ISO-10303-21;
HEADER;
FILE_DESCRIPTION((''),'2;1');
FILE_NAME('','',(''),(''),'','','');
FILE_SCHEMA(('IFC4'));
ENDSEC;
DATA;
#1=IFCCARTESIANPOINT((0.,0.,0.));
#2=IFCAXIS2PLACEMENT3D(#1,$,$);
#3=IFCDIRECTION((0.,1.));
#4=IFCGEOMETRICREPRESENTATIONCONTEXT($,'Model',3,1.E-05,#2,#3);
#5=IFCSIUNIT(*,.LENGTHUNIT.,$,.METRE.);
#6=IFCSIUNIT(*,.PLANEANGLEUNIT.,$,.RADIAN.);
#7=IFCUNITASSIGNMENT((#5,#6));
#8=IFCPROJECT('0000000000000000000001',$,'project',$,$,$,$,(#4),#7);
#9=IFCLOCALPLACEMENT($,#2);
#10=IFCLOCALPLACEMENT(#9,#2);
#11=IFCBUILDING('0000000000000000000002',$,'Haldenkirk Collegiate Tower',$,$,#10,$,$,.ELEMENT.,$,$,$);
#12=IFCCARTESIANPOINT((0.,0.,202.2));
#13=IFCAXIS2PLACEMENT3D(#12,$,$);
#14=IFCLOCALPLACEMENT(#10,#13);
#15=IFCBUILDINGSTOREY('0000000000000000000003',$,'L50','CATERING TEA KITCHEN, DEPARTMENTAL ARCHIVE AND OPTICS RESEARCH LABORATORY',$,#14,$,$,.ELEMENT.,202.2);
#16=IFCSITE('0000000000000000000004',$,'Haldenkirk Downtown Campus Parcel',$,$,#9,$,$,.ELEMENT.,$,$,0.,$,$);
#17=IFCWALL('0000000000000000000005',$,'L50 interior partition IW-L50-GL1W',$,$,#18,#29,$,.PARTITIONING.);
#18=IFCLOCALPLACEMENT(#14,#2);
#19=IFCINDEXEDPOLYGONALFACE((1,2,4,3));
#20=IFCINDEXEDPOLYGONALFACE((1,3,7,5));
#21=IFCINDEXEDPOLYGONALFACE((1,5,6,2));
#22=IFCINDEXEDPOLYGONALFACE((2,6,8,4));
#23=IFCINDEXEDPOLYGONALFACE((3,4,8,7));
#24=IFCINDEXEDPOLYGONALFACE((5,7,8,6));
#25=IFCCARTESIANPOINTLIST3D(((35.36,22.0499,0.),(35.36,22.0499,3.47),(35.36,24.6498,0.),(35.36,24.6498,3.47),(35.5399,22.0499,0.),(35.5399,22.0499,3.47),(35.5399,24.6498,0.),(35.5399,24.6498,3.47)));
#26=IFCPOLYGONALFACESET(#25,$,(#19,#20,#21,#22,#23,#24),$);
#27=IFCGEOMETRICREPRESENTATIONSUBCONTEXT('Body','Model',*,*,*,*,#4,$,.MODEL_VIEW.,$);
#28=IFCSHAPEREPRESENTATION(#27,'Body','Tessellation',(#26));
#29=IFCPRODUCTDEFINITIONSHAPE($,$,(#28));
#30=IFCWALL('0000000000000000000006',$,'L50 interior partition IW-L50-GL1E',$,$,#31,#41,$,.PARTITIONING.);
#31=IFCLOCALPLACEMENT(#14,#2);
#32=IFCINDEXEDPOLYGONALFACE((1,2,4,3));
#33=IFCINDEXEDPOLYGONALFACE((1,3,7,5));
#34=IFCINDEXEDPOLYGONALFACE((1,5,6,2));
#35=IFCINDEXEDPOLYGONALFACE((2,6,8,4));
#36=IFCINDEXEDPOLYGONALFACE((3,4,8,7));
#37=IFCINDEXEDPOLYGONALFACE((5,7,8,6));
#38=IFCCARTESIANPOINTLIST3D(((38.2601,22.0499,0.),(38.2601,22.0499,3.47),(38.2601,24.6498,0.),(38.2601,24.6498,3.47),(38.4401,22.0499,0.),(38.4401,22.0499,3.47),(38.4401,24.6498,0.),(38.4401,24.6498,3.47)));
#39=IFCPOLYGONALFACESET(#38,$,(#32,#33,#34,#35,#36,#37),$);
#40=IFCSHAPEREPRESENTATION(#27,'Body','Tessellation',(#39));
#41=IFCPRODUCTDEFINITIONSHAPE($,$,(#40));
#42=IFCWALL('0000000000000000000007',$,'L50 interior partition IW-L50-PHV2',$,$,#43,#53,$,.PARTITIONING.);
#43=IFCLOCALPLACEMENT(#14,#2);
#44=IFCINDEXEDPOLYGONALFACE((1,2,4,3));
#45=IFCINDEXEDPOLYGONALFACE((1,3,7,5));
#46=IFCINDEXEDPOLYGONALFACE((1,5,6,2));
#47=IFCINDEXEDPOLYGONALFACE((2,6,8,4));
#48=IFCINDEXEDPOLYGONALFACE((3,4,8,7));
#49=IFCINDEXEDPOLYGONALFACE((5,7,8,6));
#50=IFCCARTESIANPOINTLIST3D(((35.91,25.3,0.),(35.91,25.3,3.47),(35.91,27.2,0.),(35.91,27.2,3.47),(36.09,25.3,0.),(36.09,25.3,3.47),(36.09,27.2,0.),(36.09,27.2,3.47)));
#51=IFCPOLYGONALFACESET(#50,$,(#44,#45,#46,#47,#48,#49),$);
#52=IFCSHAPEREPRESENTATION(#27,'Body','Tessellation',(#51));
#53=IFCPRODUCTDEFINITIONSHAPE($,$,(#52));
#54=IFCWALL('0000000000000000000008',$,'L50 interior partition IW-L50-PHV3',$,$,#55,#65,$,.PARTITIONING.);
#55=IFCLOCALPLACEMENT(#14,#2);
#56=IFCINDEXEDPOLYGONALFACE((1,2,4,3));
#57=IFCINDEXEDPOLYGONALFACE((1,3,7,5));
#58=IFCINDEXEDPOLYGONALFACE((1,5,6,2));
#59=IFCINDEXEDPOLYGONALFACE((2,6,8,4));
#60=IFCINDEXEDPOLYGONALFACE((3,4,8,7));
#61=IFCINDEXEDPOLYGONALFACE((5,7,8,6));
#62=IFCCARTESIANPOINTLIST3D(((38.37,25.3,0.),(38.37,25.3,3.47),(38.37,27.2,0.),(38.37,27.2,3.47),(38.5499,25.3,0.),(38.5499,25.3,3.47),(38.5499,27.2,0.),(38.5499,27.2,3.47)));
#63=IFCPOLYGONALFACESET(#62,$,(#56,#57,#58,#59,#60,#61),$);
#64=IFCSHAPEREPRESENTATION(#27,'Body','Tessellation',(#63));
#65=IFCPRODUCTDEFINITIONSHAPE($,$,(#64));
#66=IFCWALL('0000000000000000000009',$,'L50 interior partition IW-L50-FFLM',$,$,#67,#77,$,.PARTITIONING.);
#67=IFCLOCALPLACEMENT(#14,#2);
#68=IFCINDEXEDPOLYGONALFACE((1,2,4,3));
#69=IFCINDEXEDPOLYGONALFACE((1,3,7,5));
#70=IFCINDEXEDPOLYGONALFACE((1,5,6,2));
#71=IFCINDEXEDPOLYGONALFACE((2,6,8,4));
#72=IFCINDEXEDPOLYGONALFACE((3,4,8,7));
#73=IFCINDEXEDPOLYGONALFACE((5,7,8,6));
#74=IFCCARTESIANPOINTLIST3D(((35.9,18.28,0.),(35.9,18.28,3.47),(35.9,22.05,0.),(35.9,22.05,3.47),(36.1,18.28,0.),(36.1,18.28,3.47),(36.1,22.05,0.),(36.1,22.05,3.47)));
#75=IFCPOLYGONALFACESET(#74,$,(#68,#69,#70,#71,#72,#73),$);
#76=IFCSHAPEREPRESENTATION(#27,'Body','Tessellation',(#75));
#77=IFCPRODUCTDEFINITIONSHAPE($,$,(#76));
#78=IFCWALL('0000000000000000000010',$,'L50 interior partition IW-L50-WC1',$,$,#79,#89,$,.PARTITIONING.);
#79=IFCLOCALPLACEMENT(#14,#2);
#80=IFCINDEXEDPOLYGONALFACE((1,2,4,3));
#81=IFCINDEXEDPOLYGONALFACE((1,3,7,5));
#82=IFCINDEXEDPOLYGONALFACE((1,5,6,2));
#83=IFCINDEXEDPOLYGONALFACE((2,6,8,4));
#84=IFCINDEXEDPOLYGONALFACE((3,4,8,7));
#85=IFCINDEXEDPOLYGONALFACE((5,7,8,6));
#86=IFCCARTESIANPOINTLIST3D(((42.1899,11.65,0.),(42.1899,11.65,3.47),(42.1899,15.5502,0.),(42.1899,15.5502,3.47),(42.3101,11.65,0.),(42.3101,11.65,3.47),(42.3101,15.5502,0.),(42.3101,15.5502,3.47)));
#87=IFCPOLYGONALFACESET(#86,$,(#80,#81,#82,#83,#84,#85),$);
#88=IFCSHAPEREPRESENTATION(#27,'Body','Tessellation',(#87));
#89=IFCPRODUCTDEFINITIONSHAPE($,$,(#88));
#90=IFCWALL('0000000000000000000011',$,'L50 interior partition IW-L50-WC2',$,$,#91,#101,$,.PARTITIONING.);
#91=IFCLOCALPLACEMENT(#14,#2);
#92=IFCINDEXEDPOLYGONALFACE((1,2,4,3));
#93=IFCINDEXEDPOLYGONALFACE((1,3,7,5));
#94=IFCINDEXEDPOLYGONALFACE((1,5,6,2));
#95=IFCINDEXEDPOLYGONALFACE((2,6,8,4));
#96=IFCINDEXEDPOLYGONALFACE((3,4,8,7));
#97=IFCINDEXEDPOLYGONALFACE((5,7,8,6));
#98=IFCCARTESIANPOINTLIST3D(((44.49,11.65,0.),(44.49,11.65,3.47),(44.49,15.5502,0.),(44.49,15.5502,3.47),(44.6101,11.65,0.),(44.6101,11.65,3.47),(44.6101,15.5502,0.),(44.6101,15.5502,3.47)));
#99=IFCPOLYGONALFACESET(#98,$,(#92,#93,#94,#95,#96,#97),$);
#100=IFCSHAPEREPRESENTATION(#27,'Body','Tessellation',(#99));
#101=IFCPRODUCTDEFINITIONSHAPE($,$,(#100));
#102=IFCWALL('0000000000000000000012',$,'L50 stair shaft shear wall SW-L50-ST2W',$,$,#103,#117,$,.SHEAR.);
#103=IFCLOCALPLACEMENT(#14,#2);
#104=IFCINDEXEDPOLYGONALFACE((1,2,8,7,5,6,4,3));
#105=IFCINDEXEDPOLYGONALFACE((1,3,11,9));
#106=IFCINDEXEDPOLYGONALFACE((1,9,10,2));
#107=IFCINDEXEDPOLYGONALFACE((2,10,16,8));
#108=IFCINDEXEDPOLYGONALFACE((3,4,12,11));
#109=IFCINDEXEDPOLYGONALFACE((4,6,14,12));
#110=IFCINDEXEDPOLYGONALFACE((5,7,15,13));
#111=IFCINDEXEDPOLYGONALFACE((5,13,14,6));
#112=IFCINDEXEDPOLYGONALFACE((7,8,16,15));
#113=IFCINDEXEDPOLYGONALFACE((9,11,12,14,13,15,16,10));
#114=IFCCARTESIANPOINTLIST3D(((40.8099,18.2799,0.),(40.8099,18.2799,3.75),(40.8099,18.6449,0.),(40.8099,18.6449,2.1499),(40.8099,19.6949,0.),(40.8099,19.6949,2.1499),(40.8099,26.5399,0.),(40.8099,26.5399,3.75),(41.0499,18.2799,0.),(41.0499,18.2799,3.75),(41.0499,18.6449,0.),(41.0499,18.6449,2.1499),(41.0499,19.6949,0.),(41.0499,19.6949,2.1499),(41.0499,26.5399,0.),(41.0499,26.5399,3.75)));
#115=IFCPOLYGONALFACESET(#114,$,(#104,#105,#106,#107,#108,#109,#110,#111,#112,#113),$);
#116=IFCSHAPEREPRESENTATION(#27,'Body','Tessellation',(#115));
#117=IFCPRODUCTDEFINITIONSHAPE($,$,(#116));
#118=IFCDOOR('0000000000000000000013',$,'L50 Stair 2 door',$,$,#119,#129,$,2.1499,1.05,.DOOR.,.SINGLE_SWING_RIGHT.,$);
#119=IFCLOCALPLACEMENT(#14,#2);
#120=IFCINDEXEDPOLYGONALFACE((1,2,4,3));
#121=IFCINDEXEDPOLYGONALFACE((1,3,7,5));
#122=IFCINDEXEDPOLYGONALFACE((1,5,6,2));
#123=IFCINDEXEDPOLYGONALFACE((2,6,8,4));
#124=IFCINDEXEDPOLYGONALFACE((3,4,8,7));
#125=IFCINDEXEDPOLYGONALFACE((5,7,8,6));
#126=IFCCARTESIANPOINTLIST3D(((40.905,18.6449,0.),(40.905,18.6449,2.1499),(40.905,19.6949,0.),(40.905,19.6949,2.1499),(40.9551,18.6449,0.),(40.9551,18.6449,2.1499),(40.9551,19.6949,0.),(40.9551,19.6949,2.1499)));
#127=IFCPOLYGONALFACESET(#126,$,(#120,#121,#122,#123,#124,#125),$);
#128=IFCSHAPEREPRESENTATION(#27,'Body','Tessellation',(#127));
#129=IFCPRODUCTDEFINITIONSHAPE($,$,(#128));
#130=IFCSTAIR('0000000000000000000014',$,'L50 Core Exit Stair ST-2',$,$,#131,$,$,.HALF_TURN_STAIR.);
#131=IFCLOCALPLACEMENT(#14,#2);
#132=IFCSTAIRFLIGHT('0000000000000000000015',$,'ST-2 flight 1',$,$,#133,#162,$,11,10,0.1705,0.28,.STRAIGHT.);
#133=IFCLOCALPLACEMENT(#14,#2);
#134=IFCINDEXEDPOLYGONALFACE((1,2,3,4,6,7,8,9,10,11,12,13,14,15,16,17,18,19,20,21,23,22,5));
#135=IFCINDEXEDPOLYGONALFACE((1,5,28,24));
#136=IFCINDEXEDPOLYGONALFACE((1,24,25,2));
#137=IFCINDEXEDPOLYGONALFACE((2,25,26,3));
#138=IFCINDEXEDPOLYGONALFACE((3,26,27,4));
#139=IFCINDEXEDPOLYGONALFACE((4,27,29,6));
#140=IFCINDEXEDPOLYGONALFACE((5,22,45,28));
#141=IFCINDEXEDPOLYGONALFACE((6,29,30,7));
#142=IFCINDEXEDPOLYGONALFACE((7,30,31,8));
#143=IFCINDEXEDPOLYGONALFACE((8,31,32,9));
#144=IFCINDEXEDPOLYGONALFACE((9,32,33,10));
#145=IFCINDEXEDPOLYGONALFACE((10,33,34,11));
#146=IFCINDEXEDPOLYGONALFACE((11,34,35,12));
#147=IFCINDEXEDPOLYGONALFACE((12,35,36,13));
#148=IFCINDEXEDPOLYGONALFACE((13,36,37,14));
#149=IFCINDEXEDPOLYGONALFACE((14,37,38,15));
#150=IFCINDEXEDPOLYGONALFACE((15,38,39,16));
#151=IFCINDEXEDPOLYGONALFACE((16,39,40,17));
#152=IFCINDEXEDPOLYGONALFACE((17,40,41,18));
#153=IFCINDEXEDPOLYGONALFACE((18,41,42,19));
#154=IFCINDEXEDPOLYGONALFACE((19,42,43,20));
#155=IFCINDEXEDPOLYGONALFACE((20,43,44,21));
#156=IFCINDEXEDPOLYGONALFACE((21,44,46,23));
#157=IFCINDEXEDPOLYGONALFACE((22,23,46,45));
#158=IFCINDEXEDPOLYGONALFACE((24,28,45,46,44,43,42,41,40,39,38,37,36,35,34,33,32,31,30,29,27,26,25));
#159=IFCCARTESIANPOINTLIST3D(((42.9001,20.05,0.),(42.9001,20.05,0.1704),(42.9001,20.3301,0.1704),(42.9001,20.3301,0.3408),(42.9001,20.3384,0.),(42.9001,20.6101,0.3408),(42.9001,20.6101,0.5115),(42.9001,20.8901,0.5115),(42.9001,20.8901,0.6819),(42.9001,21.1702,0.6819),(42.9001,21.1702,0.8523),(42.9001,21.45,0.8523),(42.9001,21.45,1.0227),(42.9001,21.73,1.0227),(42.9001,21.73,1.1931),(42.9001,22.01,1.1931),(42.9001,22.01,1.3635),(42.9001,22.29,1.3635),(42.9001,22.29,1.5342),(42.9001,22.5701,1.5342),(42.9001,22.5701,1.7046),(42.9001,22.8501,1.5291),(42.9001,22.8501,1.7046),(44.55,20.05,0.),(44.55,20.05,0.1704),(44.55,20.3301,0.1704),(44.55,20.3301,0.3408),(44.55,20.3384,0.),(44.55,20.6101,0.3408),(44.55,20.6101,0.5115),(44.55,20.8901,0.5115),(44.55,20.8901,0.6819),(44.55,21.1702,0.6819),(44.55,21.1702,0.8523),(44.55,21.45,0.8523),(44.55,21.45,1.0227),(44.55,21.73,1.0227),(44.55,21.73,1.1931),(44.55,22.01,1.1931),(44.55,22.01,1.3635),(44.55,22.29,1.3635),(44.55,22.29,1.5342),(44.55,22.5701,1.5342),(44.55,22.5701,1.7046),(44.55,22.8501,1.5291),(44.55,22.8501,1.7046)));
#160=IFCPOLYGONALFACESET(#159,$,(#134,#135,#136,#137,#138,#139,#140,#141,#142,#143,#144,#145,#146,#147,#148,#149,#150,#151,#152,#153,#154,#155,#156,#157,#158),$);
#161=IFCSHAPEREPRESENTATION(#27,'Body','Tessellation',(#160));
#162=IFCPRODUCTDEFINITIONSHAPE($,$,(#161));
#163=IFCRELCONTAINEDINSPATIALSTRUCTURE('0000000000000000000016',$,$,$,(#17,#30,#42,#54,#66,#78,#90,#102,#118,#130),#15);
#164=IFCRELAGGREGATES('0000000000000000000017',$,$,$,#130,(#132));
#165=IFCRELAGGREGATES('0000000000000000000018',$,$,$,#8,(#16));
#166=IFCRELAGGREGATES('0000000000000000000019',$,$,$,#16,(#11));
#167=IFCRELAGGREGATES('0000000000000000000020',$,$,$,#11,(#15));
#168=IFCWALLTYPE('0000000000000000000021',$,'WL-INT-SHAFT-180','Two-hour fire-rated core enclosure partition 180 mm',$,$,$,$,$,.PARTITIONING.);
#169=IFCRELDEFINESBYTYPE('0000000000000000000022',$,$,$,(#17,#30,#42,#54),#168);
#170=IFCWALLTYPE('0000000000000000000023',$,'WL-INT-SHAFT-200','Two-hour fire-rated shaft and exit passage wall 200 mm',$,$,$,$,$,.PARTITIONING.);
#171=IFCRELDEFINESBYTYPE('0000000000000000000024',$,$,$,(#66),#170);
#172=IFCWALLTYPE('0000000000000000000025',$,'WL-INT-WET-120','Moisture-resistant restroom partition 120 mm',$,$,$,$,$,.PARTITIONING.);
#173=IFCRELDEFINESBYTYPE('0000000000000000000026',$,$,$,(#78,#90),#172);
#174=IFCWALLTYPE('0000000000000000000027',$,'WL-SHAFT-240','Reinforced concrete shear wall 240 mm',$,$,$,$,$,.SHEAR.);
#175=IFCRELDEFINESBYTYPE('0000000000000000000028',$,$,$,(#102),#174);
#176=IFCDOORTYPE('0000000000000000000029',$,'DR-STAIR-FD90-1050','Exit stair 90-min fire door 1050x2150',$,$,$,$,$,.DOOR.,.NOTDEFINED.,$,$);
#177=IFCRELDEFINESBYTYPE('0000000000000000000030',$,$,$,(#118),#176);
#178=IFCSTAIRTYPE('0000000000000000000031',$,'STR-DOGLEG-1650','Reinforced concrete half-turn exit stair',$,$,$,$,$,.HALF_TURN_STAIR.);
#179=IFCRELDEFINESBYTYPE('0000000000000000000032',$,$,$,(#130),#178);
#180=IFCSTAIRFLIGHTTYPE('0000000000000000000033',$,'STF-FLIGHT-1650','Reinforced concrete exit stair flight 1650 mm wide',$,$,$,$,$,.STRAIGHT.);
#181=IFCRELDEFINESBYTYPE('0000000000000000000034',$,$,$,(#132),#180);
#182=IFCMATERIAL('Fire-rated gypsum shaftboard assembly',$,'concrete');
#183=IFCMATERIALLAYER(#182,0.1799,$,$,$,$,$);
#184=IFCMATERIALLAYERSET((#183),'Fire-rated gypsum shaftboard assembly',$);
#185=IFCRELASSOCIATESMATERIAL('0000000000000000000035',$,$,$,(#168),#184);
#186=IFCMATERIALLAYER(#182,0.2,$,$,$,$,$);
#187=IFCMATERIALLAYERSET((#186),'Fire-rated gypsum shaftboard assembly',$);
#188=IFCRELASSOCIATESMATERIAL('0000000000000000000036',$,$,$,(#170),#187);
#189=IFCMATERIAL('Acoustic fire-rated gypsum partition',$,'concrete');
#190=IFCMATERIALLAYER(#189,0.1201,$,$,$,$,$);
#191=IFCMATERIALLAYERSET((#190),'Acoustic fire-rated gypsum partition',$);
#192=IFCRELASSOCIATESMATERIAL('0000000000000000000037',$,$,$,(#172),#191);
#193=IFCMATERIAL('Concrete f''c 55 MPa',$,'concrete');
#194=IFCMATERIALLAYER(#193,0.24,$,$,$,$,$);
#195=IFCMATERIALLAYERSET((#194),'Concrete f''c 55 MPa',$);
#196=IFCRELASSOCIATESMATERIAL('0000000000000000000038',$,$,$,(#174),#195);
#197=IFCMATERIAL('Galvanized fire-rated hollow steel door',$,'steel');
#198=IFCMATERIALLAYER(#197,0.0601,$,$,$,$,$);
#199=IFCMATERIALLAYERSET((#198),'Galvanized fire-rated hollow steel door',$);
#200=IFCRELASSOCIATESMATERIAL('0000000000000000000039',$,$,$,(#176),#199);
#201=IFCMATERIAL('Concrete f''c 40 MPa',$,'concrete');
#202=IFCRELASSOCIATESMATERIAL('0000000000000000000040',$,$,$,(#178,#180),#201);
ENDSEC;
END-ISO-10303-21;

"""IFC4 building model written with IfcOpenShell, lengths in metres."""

from ifc_helpers import new_model, si_unit, direction, frame, frame_2d, origin, place, context, subcontext, project, spatial, polyline, rectangle, outline, extrude, material, layer, layer_set, type_object, element, fill, aggregate, save


model = new_model("IFC4")

# Units and contexts
model_context = context("Model", 3, precision=1e-05, world=origin(), true_north=direction((0.0, 1.0)))
body_context = subcontext(model_context, "Body", "Model", "MODEL_VIEW")
ifc_project = project(units=[si_unit("LENGTHUNIT", "METRE"), si_unit("PLANEANGLEUNIT", "RADIAN")], contexts=[model_context])

# Site, building, storey
site_placement = place(None, origin())
site = spatial("IfcSite", under=ifc_project, at=site_placement, Name="Haldenkirk Downtown Campus Parcel", CompositionType="ELEMENT", RefElevation=0.0)
building_placement = place(site_placement, origin())
building = spatial("IfcBuilding", under=site, at=building_placement, Name="Haldenkirk Collegiate Tower", CompositionType="ELEMENT")
storey_placement = place(building_placement, frame((0.0, 0.0, 202.2)))
storey = spatial("IfcBuildingStorey", under=building, at=storey_placement, Name="L50", Description="CATERING TEA KITCHEN, DEPARTMENTAL ARCHIVE AND OPTICS RESEARCH LABORATORY", CompositionType="ELEMENT", Elevation=202.2)

# Walls
ifc_material_1 = material(Name="Fire-rated gypsum shaftboard assembly", Category="concrete")
ifc_layer_1 = layer(ifc_material_1, 0.1799)
ifc_layer_set_1 = layer_set([ifc_layer_1], Name="Fire-rated gypsum shaftboard assembly")
wall_type_1 = type_object("IfcWallType", Name="WL-INT-SHAFT-180", Description="Two-hour fire-rated core enclosure partition 180 mm", PredefinedType="PARTITIONING", material=ifc_layer_set_1)
for number, where, z_axis, x_axis, name in (
    (1, (35.45, 22.05, 0.0), (0.0, 0.0, 1.0), (0.0, 1.0, 0.0), "L50 interior partition IW-L50-GL1W"),
    (2, (38.3501, 22.05, 0.0), (0.0, 0.0, 1.0), (0.0, 1.0, 0.0), "L50 interior partition IW-L50-GL1E"),
):
    element("IfcWall", number, at=place(storey_placement, frame(where, z_axis=z_axis, x_axis=x_axis)), inside=storey, type_object=wall_type_1, Name=name, PredefinedType="PARTITIONING", context=body_context, shape_type="SweptSolid", body=[
        extrude(rectangle(XDim=2.5999, YDim=0.1799, at=frame_2d((1.2998, 0.0))), origin(), (0.0, 0.0, 1.0), 3.47),
    ])
for number, where, z_axis, x_axis, name in (
    (3, (36.0, 25.3, 0.0), (0.0, 0.0, 1.0), (0.0, 1.0, 0.0), "L50 interior partition IW-L50-PHV2"),
    (4, (38.46, 25.3, 0.0), (0.0, 0.0, 1.0), (0.0, 1.0, 0.0), "L50 interior partition IW-L50-PHV3"),
):
    element("IfcWall", number, at=place(storey_placement, frame(where, z_axis=z_axis, x_axis=x_axis)), inside=storey, type_object=wall_type_1, Name=name, PredefinedType="PARTITIONING", context=body_context, shape_type="SweptSolid", body=[
        extrude(rectangle(XDim=1.8999, YDim=0.1799, at=frame_2d((0.95, 0.0))), origin(), (0.0, 0.0, 1.0), 3.47),
    ])
ifc_layer_2 = layer(ifc_material_1, 0.2)
ifc_layer_set_2 = layer_set([ifc_layer_2], Name="Fire-rated gypsum shaftboard assembly")
wall_type_2 = type_object("IfcWallType", Name="WL-INT-SHAFT-200", Description="Two-hour fire-rated shaft and exit passage wall 200 mm", PredefinedType="PARTITIONING", material=ifc_layer_set_2)
wall_1_placement = place(storey_placement, frame((36.0, 18.28, 0.0), z_axis=(0.0, 0.0, 1.0), x_axis=(0.0, 1.0, 0.0)))
element("IfcWall", 5, at=wall_1_placement, inside=storey, type_object=wall_type_2, Name="L50 interior partition IW-L50-FFLM", PredefinedType="PARTITIONING", context=body_context, shape_type="SweptSolid", body=[
    extrude(rectangle(XDim=3.77, YDim=0.2, at=frame_2d((1.885, 0.0))), origin(), (0.0, 0.0, 1.0), 3.47),
])

# Walls
ifc_material_2 = material(Name="Acoustic fire-rated gypsum partition", Category="concrete")
ifc_layer_3 = layer(ifc_material_2, 0.1201)
ifc_layer_set_3 = layer_set([ifc_layer_3], Name="Acoustic fire-rated gypsum partition")
wall_type_3 = type_object("IfcWallType", Name="WL-INT-WET-120", Description="Moisture-resistant restroom partition 120 mm", PredefinedType="PARTITIONING", material=ifc_layer_set_3)
for number, where, z_axis, x_axis, name in (
    (6, (42.25, 11.6499, 0.0), (0.0, 0.0, 1.0), (0.0, 1.0, 0.0), "L50 interior partition IW-L50-WC1"),
    (7, (44.55, 11.6499, 0.0), (0.0, 0.0, 1.0), (0.0, 1.0, 0.0), "L50 interior partition IW-L50-WC2"),
):
    element("IfcWall", number, at=place(storey_placement, frame(where, z_axis=z_axis, x_axis=x_axis)), inside=storey, type_object=wall_type_3, Name=name, PredefinedType="PARTITIONING", context=body_context, shape_type="SweptSolid", body=[
        extrude(rectangle(XDim=3.9001, YDim=0.1201, at=frame_2d((1.9502, 0.0))), origin(), (0.0, 0.0, 1.0), 3.47),
    ])

# Wall, opening, door
ifc_material_3 = material(Name="Concrete f'c 55 MPa", Category="concrete")
ifc_layer_4 = layer(ifc_material_3, 0.24)
ifc_layer_set_4 = layer_set([ifc_layer_4], Name="Concrete f'c 55 MPa")
wall_type_4 = type_object("IfcWallType", Name="WL-SHAFT-240", Description="Reinforced concrete shear wall 240 mm", PredefinedType="SHEAR", material=ifc_layer_set_4)
wall_2_placement = place(storey_placement, frame((40.9299, 18.28, 0.0), z_axis=(0.0, 0.0, 1.0), x_axis=(0.0, 1.0, 0.0)))
wall_2 = element("IfcWall", 8, at=wall_2_placement, inside=storey, type_object=wall_type_4, Name="L50 stair shaft shear wall SW-L50-ST2W", PredefinedType="SHEAR", context=body_context, shape_type="SweptSolid", body=[
    extrude(rectangle(XDim=8.26, YDim=0.24, at=frame_2d((4.1299, 0.0))), origin(), (0.0, 0.0, 1.0), 3.75),
])
opening_1_placement = place(wall_2_placement, frame((0.365, 0.0, 0.0)))
opening_1 = element("IfcOpeningElement", 9, at=opening_1_placement, cuts=wall_2, PredefinedType="OPENING", context=body_context, shape_type="SweptSolid", body=[
    extrude(rectangle(XDim=1.05, YDim=2.1499, at=frame_2d((0.5249, 1.075))), frame((0.0, 0.1299, 0.0), z_axis=(0.0, -1.0, 0.0), x_axis=(1.0, 0.0, 0.0)), (0.0, 0.0, 1.0), 0.26),
])
ifc_material_4 = material(Name="Galvanized fire-rated hollow steel door", Category="steel")
ifc_layer_5 = layer(ifc_material_4, 0.0601)
ifc_layer_set_5 = layer_set([ifc_layer_5], Name="Galvanized fire-rated hollow steel door")
door_type_1 = type_object("IfcDoorType", Name="DR-STAIR-FD90-1050", Description="Exit stair 90-min fire door 1050x2150", OperationType="NOTDEFINED", PredefinedType="DOOR", material=ifc_layer_set_5)
door_1_placement = place(opening_1_placement, origin())
door_1 = element("IfcDoor", 10, at=door_1_placement, inside=storey, type_object=door_type_1, Name="L50 Stair 2 door", OperationType="SINGLE_SWING_RIGHT", OverallHeight=2.1499, OverallWidth=1.05, PredefinedType="DOOR", context=body_context, shape_type="SweptSolid", body=[
    extrude(rectangle(XDim=1.05, YDim=2.1499, at=frame_2d((0.5249, 1.075))), frame((0.0, 0.0249, 0.0), z_axis=(0.0, -1.0, 0.0), x_axis=(1.0, 0.0, 0.0)), (0.0, 0.0, 1.0), 0.05),
])
fill(opening_1, door_1)

# Stair, stair flight
ifc_material_5 = material(Name="Concrete f'c 40 MPa", Category="concrete")
stair_type = type_object("IfcStairType", Name="STR-DOGLEG-1650", Description="Reinforced concrete half-turn exit stair", PredefinedType="HALF_TURN_STAIR", material=ifc_material_5)
stair_placement = place(storey_placement, origin())
stair = element("IfcStair", 11, at=stair_placement, inside=storey, type_object=stair_type, Name="L50 Core Exit Stair ST-2", PredefinedType="HALF_TURN_STAIR")
stair_flight_type = type_object("IfcStairFlightType", Name="STF-FLIGHT-1650", Description="Reinforced concrete exit stair flight 1650 mm wide", PredefinedType="STRAIGHT", material=ifc_material_5)
stair_flight_1_placement = place(storey_placement, frame((43.7251, 20.05, 0.0), z_axis=(0.0, 0.0, 1.0), x_axis=(0.0, 1.0, 0.0)))
stair_flight_1 = element("IfcStairFlight", 12, at=stair_flight_1_placement, type_object=stair_flight_type, Name="ST-2 flight 1", NumberOfRisers=11, NumberOfTreads=10, PredefinedType="STRAIGHT", RiserHeight=0.1705, TreadLength=0.28, context=body_context, shape_type="SweptSolid", body=[
    extrude(outline(polyline([(0.0, 0.0), (0.0, 0.1704), (0.28, 0.1704), (0.28, 0.3408), (0.5601, 0.3408), (0.5601, 0.5115), (0.8401, 0.5115), (0.8401, 0.6819), (1.1201, 0.6819), (1.1201, 0.8523), (1.3999, 0.8523), (1.3999, 1.0227), (1.6799, 1.0227), (1.6799, 1.1931), (1.96, 1.1931), (1.96, 1.3635), (2.24, 1.3635), (2.24, 1.5342), (2.52, 1.5342), (2.52, 1.7046), (2.8, 1.7046), (2.8, 1.875), (2.8, 1.5291), (0.2883, 0.0), (0.0, 0.0)])), frame((0.0, 0.825, 0.0), z_axis=(0.0, -1.0, 0.0), x_axis=(1.0, 0.0, 0.0)), (0.0, 0.0, 1.0), 1.6499),
])
aggregate(stair, [stair_flight_1])

save(model, "model.ifc")
